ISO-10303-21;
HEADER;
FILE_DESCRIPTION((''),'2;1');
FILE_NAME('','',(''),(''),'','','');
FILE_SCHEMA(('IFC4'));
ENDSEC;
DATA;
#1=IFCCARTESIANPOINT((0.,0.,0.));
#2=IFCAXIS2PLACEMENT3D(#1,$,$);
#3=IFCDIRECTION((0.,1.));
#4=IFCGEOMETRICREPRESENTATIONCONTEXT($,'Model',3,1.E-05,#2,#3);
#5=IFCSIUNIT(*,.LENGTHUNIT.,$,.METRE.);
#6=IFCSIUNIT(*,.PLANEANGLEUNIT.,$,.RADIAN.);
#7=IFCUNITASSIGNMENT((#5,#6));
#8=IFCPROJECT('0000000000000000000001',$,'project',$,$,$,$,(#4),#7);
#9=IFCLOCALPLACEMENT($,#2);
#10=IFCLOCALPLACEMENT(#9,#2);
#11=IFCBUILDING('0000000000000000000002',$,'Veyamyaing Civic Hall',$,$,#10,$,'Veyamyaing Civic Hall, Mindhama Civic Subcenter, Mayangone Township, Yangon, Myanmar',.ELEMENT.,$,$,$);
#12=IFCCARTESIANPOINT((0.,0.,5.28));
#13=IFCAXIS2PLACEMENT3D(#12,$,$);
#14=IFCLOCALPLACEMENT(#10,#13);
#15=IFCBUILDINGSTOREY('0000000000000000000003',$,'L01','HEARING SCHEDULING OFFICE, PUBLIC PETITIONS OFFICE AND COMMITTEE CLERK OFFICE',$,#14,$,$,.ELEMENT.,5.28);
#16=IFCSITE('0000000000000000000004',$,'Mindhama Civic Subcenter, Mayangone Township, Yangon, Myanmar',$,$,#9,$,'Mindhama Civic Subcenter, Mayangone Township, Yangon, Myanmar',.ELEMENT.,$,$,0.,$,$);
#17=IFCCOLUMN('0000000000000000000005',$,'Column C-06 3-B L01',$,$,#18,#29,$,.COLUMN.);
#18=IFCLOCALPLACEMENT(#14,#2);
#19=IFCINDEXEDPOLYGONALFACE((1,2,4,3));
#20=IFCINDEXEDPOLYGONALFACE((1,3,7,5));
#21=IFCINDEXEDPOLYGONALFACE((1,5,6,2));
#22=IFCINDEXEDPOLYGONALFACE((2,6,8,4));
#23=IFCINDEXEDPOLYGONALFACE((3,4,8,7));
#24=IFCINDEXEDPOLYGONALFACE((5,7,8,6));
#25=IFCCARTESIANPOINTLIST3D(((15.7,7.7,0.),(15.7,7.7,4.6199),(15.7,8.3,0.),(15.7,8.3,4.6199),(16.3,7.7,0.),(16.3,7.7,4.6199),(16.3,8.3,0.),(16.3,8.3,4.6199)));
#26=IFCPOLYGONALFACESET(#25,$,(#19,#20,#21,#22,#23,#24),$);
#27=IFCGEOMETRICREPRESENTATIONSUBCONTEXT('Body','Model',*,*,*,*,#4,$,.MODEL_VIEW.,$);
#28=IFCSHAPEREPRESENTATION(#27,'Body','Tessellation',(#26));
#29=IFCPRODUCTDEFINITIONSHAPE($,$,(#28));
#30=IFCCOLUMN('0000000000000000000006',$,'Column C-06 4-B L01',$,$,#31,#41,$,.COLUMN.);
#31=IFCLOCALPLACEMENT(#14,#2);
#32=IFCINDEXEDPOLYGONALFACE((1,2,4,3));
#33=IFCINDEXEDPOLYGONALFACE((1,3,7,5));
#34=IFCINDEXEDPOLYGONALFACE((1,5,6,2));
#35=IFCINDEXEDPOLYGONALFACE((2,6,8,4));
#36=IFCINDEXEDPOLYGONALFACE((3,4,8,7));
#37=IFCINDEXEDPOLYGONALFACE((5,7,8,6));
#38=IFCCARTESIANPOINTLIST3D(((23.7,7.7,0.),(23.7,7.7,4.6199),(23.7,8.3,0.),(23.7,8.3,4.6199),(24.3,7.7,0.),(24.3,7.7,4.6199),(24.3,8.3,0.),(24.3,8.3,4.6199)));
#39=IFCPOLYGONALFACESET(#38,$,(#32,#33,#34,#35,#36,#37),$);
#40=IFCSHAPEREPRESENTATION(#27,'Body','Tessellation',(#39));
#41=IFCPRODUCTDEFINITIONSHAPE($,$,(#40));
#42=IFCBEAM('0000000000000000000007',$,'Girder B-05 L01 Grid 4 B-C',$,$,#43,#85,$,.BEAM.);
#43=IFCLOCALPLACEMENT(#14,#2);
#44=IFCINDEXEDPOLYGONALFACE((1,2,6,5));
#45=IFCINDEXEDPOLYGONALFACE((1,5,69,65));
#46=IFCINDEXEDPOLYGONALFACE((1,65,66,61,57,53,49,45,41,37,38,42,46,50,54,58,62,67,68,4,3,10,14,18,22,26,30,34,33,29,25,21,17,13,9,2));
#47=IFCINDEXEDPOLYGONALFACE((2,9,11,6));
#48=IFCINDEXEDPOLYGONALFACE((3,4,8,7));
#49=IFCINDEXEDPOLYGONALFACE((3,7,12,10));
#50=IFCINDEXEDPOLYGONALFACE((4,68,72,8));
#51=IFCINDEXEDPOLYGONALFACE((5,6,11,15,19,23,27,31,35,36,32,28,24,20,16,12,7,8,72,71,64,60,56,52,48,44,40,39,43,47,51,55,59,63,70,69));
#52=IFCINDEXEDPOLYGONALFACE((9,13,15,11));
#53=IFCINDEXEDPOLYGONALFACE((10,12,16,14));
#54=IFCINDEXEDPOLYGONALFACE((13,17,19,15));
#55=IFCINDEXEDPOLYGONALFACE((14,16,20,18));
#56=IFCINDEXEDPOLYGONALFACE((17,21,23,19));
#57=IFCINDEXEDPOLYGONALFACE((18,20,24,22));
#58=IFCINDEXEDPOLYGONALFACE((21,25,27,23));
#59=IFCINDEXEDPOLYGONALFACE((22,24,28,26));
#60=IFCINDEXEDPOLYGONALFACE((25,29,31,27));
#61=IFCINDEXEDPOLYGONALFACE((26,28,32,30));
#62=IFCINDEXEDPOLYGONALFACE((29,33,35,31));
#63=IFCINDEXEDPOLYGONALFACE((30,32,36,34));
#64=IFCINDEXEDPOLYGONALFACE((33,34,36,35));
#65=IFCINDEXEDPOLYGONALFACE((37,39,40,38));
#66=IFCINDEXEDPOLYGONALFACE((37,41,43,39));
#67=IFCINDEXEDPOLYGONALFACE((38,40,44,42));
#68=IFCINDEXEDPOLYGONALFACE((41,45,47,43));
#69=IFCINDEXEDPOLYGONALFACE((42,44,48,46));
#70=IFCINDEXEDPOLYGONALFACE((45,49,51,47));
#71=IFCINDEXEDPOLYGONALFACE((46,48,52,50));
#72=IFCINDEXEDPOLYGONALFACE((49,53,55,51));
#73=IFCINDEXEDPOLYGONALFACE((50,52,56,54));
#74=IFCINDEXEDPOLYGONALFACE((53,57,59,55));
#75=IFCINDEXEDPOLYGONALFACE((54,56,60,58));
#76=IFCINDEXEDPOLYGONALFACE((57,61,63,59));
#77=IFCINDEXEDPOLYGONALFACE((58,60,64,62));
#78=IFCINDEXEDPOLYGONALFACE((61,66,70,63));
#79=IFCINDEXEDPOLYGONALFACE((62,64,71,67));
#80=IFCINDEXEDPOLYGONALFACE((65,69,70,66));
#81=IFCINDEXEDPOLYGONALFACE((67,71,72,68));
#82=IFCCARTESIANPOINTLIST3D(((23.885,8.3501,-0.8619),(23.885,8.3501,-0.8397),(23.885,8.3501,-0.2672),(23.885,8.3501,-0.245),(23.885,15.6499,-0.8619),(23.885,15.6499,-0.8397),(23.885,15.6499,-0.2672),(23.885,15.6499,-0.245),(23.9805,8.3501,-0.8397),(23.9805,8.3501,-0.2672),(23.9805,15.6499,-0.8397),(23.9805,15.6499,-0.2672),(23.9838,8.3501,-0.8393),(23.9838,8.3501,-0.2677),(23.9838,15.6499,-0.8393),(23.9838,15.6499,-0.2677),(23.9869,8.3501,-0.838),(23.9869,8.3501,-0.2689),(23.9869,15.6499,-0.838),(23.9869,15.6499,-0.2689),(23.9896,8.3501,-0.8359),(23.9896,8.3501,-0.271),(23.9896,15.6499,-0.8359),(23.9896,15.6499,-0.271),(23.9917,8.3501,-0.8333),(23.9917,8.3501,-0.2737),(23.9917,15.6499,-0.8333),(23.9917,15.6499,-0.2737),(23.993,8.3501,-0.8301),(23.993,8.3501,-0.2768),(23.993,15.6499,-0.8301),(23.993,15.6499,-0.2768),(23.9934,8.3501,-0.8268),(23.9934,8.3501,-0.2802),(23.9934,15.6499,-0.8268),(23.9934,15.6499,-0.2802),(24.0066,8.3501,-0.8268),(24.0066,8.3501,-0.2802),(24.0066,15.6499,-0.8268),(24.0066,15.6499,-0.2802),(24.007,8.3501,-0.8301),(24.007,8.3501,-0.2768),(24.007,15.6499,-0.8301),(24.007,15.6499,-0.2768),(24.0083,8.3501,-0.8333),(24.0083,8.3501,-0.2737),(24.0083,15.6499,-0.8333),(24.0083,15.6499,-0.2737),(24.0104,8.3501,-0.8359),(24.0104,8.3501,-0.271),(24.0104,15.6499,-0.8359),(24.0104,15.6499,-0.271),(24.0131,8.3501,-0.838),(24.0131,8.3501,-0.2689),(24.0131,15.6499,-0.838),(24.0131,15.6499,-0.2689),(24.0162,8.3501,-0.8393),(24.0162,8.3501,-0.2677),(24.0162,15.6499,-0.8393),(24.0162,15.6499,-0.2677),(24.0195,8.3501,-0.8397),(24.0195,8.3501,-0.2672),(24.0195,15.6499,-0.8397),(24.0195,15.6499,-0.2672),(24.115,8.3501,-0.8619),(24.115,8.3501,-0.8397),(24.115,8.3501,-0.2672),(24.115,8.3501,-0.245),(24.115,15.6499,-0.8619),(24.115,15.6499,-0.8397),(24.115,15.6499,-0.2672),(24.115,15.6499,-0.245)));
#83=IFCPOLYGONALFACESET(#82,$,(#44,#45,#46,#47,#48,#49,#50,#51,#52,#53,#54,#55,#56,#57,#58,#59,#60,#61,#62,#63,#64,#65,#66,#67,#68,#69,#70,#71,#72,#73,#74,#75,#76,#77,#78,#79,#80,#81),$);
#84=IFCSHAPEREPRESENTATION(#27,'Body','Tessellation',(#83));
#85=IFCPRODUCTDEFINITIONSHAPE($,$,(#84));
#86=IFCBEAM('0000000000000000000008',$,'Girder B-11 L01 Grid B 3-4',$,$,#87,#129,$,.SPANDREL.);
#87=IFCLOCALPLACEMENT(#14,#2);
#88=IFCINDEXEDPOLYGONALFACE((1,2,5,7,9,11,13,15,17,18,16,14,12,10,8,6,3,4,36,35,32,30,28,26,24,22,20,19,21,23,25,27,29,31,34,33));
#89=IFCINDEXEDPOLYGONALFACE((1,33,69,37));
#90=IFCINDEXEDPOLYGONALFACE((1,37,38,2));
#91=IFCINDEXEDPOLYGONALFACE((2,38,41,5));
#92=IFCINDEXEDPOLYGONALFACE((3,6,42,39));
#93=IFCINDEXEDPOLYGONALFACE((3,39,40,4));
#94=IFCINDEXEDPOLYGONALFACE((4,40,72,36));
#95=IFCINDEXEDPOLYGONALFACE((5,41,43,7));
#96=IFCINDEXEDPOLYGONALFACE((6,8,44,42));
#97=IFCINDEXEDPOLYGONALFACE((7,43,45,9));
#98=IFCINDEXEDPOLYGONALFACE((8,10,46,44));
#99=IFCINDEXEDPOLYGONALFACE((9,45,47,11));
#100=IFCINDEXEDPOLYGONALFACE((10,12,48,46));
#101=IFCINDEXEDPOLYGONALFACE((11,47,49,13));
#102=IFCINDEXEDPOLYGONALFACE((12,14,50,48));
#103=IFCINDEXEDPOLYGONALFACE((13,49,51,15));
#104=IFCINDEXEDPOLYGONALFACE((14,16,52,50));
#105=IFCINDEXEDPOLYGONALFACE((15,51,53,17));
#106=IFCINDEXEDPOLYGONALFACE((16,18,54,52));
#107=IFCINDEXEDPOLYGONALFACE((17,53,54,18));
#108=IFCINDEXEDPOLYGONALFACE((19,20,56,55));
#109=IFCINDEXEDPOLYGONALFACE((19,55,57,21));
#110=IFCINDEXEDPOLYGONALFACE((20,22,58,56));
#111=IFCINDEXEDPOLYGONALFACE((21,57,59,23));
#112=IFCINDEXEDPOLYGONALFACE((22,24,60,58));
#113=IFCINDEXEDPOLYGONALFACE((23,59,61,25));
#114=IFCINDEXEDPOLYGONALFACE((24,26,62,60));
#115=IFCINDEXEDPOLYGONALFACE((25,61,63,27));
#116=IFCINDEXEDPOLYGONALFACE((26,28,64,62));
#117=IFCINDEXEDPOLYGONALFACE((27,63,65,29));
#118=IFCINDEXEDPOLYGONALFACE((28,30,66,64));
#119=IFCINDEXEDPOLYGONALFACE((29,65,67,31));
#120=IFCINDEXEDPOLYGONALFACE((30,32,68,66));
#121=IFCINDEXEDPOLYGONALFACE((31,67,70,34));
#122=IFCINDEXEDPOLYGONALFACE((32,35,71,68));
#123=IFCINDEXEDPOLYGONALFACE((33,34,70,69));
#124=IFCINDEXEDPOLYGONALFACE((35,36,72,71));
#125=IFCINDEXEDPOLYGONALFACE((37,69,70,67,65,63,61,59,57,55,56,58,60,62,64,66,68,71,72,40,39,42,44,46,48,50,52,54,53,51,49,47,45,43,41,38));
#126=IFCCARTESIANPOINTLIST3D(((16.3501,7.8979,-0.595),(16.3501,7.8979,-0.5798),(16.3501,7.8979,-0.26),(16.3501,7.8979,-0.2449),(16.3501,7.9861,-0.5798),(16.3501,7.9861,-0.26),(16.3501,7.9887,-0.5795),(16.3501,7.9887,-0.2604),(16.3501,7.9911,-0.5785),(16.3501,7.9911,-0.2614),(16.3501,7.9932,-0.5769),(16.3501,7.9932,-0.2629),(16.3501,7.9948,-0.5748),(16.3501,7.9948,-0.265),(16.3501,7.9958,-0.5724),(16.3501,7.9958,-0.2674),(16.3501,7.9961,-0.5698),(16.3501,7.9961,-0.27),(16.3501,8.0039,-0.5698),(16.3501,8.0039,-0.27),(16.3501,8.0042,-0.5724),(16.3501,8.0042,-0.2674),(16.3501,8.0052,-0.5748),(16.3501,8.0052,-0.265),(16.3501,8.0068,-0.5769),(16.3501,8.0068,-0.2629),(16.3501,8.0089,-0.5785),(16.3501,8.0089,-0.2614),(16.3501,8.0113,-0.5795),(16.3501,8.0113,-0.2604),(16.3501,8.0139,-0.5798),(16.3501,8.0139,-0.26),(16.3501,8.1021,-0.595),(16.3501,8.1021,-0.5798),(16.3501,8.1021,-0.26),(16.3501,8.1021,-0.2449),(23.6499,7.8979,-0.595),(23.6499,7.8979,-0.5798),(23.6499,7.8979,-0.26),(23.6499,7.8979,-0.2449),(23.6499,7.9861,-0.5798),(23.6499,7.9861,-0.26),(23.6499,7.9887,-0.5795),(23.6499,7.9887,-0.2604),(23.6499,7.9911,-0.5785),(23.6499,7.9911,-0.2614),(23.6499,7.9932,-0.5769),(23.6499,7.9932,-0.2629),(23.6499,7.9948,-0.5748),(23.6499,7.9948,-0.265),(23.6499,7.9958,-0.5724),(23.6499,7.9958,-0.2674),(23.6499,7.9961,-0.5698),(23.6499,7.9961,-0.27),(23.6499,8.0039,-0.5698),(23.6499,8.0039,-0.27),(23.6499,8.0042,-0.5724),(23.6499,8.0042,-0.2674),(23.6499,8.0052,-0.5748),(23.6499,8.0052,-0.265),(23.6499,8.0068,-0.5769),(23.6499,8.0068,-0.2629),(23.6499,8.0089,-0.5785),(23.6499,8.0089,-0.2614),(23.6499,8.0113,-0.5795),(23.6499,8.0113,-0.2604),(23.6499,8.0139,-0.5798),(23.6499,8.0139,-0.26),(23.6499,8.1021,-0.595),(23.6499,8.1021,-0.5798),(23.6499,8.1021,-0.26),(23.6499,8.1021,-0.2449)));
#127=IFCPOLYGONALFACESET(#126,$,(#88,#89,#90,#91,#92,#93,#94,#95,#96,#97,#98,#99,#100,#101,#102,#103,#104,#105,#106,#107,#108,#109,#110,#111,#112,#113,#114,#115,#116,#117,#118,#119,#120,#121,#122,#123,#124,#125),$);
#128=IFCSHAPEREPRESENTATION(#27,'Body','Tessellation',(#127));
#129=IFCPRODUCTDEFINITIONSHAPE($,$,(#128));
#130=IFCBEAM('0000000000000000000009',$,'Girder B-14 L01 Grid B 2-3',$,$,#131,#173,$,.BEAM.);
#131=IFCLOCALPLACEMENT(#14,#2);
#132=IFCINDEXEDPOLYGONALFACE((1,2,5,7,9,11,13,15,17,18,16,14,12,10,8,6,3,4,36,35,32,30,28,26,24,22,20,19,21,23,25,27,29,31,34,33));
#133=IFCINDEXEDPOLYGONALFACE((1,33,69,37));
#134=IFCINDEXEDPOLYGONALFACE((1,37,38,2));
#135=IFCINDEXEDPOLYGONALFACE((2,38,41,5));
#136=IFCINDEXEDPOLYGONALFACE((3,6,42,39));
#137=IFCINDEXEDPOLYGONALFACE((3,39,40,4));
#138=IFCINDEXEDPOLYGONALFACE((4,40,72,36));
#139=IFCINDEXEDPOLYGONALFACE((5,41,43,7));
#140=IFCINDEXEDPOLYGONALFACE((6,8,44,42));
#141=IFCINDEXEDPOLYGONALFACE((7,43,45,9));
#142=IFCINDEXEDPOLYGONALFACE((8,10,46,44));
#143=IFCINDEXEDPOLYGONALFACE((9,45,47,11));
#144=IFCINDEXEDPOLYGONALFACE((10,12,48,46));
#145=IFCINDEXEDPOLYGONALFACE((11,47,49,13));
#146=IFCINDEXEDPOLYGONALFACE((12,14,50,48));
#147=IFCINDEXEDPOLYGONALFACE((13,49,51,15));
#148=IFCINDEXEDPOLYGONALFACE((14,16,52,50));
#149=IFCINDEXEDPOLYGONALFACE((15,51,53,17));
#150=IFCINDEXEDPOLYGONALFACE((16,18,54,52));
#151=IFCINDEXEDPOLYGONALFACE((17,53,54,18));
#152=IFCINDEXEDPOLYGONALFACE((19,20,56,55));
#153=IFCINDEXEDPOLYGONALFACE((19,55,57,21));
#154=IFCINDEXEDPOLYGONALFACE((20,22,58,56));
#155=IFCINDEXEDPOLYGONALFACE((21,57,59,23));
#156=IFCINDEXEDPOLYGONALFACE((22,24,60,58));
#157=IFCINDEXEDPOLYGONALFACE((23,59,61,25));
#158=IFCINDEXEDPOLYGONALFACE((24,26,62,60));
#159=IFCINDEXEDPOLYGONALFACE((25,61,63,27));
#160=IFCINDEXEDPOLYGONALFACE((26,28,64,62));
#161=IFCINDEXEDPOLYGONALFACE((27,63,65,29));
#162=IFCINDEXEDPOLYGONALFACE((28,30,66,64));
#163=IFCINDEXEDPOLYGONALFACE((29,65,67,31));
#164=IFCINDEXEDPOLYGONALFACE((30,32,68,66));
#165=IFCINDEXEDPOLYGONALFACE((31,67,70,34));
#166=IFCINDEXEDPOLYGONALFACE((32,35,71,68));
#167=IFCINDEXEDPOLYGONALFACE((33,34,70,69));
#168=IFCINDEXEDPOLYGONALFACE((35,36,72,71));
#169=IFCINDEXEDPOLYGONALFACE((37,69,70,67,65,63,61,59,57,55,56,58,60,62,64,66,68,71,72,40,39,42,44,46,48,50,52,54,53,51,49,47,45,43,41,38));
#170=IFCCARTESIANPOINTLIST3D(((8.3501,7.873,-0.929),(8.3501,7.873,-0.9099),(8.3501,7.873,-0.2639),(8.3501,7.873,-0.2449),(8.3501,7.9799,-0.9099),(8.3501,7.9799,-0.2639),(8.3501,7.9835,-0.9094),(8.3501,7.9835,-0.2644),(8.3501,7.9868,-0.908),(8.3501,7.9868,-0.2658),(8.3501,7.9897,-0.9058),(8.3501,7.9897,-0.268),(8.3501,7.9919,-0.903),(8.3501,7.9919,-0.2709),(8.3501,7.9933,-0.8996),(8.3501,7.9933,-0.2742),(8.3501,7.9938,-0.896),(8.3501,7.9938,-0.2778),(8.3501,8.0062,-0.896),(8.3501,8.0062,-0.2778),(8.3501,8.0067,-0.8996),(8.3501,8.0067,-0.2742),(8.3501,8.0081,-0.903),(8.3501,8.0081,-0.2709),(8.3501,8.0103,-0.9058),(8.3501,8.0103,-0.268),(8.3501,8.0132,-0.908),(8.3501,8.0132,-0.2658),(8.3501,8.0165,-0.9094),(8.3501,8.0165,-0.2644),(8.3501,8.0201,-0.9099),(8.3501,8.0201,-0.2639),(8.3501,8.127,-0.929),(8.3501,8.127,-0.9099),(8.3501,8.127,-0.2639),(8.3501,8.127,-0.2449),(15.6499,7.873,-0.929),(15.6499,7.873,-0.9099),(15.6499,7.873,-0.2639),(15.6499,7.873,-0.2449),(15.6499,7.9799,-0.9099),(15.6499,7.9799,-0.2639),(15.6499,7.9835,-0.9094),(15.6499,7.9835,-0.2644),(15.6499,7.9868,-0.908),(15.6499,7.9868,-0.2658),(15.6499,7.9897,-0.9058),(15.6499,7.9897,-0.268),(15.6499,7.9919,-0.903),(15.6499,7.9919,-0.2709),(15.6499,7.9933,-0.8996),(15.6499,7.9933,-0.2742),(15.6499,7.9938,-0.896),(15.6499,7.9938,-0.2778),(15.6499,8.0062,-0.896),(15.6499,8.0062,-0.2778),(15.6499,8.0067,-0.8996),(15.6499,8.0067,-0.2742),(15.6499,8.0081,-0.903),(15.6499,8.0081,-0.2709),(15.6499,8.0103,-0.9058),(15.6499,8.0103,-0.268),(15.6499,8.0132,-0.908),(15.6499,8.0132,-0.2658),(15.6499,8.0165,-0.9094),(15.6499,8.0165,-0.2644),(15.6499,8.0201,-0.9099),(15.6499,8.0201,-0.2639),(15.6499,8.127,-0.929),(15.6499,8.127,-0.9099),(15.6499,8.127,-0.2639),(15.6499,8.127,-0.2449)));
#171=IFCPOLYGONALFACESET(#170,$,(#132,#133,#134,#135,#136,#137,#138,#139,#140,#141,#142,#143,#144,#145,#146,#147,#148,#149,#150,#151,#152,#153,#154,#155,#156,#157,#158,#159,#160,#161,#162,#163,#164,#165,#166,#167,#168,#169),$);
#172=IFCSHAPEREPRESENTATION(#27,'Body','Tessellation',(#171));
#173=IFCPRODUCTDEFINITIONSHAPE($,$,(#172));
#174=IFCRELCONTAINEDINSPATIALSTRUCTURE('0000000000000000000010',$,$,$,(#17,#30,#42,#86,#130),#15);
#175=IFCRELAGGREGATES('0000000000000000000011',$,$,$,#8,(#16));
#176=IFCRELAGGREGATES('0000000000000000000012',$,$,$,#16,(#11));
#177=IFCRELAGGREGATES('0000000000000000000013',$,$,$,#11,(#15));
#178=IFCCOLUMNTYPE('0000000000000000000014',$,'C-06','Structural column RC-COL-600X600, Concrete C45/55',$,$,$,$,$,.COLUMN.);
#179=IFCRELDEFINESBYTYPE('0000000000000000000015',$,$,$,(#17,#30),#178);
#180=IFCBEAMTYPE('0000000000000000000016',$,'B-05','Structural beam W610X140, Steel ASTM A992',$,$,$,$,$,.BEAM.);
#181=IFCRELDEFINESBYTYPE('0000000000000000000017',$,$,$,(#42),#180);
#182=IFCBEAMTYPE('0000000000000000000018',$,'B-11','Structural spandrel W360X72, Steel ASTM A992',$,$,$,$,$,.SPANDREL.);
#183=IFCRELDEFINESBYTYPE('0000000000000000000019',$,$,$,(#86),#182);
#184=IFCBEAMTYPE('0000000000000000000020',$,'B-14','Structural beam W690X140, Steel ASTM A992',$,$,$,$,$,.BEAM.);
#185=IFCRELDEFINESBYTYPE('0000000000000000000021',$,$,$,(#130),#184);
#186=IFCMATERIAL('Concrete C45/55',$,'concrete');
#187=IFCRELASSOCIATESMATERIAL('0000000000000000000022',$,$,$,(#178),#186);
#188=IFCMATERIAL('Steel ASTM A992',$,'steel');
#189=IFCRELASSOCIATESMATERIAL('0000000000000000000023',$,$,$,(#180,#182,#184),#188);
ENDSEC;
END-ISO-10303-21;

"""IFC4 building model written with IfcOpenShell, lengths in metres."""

from ifc_helpers import new_model, si_unit, direction, frame, origin, origin_2d, place, context, subcontext, project, spatial, rectangle, i_section, extrude, material, material_profile, profile_set, type_object, element, save


model = new_model("IFC4")

# Units and contexts
model_context = context("Model", 3, precision=1e-05, world=origin(), true_north=direction((0.0, 1.0)))
body_context = subcontext(model_context, "Body", "Model", "MODEL_VIEW")
ifc_project = project(units=[si_unit("LENGTHUNIT", "METRE"), si_unit("PLANEANGLEUNIT", "RADIAN")], contexts=[model_context])

# Site, building, storey
site_placement = place(None, origin())
site = spatial("IfcSite", under=ifc_project, at=site_placement, Name="Mindhama Civic Subcenter, Mayangone Township, Yangon, Myanmar", LongName="Mindhama Civic Subcenter, Mayangone Township, Yangon, Myanmar", CompositionType="ELEMENT", RefElevation=0.0)
building_placement = place(site_placement, origin())
building = spatial("IfcBuilding", under=site, at=building_placement, Name="Veyamyaing Civic Hall", LongName="Veyamyaing Civic Hall, Mindhama Civic Subcenter, Mayangone Township, Yangon, Myanmar", CompositionType="ELEMENT")
storey_placement = place(building_placement, frame((0.0, 0.0, 5.28)))
storey = spatial("IfcBuildingStorey", under=building, at=storey_placement, Name="L01", Description="HEARING SCHEDULING OFFICE, PUBLIC PETITIONS OFFICE AND COMMITTEE CLERK OFFICE", CompositionType="ELEMENT", Elevation=5.28)

# Columns
ifc_material_1 = material(Name="Concrete C45/55", Category="concrete")
ifc_material_profile_1 = material_profile(ifc_material_1, rectangle(XDim=0.6001, YDim=0.6001, at=origin_2d()), Name="RC-COL-600X600")
ifc_profile_set_1 = profile_set([ifc_material_profile_1], Name="Concrete C45/55")
column_type = type_object("IfcColumnType", Name="C-06", Description="Structural column RC-COL-600X600, Concrete C45/55", PredefinedType="COLUMN", material=ifc_profile_set_1)
for number, where, z_axis, x_axis, name in (
    (1, (16.0, 8.0, 0.0), (0.0, 0.0, 1.0), (1.0, 0.0, 0.0), "Column C-06 3-B L01"),
    (2, (24.0, 8.0, 0.0), (0.0, 0.0, 1.0), (1.0, 0.0, 0.0), "Column C-06 4-B L01"),
):
    element("IfcColumn", number, at=place(storey_placement, frame(where, z_axis=z_axis, x_axis=x_axis)), inside=storey, type_object=column_type, Name=name, PredefinedType="COLUMN", context=body_context, shape_type="SweptSolid", body=[
        extrude(rectangle(XDim=0.6001, YDim=0.6001, at=origin_2d()), origin(), (0.0, 0.0, 1.0), 4.6199),
    ])

# Beams
ifc_material_2 = material(Name="Steel ASTM A992", Category="steel")
ifc_material_profile_2 = material_profile(ifc_material_2, i_section(OverallWidth=0.23, OverallDepth=0.6169, WebThickness=0.0132, FlangeThickness=0.0222, FilletRadius=0.0129, at=origin_2d()), Name="W610X140")
ifc_profile_set_2 = profile_set([ifc_material_profile_2], Name="Steel ASTM A992")
beam_type_1 = type_object("IfcBeamType", Name="B-05", Description="Structural beam W610X140, Steel ASTM A992", PredefinedType="BEAM", material=ifc_profile_set_2)
beam_1_placement = place(storey_placement, frame((24.0, 8.3501, -0.5535), z_axis=(0.0, 1.0, 0.0), x_axis=(-1.0, 0.0, 0.0)))
element("IfcBeam", 3, at=beam_1_placement, inside=storey, type_object=beam_type_1, Name="Girder B-05 L01 Grid 4 B-C", PredefinedType="BEAM", context=body_context, shape_type="SweptSolid", body=[
    extrude(i_section(OverallWidth=0.23, OverallDepth=0.6169, WebThickness=0.0132, FlangeThickness=0.0222, FilletRadius=0.0129, at=origin_2d()), origin(), (0.0, 0.0, 1.0), 7.2998),
])
ifc_material_profile_3 = material_profile(ifc_material_2, i_section(OverallWidth=0.2041, OverallDepth=0.3501, WebThickness=0.0078, FlangeThickness=0.0151, FilletRadius=0.01, at=origin_2d()), Name="W360X72")
ifc_profile_set_3 = profile_set([ifc_material_profile_3], Name="Steel ASTM A992")
beam_type_2 = type_object("IfcBeamType", Name="B-11", Description="Structural spandrel W360X72, Steel ASTM A992", PredefinedType="SPANDREL", material=ifc_profile_set_3)
beam_2_placement = place(storey_placement, frame((16.3501, 8.0, -0.4199), z_axis=(1.0, 0.0, 0.0), x_axis=(0.0, 1.0, 0.0)))
element("IfcBeam", 4, at=beam_2_placement, inside=storey, type_object=beam_type_2, Name="Girder B-11 L01 Grid B 3-4", PredefinedType="SPANDREL", context=body_context, shape_type="SweptSolid", body=[
    extrude(i_section(OverallWidth=0.2041, OverallDepth=0.3501, WebThickness=0.0078, FlangeThickness=0.0151, FilletRadius=0.01, at=origin_2d()), origin(), (0.0, 0.0, 1.0), 7.2998),
])
ifc_material_profile_4 = material_profile(ifc_material_2, i_section(OverallWidth=0.2539, OverallDepth=0.6841, WebThickness=0.0125, FlangeThickness=0.019, FilletRadius=0.0139, at=origin_2d()), Name="W690X140")
ifc_profile_set_4 = profile_set([ifc_material_profile_4], Name="Steel ASTM A992")
beam_type_3 = type_object("IfcBeamType", Name="B-14", Description="Structural beam W690X140, Steel ASTM A992", PredefinedType="BEAM", material=ifc_profile_set_4)
beam_3_placement = place(storey_placement, frame((8.3501, 8.0, -0.5869), z_axis=(1.0, 0.0, 0.0), x_axis=(0.0, 1.0, 0.0)))
element("IfcBeam", 5, at=beam_3_placement, inside=storey, type_object=beam_type_3, Name="Girder B-14 L01 Grid B 2-3", PredefinedType="BEAM", context=body_context, shape_type="SweptSolid", body=[
    extrude(i_section(OverallWidth=0.2539, OverallDepth=0.6841, WebThickness=0.0125, FlangeThickness=0.019, FilletRadius=0.0139, at=origin_2d()), origin(), (0.0, 0.0, 1.0), 7.2998),
])

save(model, "model.ifc")
